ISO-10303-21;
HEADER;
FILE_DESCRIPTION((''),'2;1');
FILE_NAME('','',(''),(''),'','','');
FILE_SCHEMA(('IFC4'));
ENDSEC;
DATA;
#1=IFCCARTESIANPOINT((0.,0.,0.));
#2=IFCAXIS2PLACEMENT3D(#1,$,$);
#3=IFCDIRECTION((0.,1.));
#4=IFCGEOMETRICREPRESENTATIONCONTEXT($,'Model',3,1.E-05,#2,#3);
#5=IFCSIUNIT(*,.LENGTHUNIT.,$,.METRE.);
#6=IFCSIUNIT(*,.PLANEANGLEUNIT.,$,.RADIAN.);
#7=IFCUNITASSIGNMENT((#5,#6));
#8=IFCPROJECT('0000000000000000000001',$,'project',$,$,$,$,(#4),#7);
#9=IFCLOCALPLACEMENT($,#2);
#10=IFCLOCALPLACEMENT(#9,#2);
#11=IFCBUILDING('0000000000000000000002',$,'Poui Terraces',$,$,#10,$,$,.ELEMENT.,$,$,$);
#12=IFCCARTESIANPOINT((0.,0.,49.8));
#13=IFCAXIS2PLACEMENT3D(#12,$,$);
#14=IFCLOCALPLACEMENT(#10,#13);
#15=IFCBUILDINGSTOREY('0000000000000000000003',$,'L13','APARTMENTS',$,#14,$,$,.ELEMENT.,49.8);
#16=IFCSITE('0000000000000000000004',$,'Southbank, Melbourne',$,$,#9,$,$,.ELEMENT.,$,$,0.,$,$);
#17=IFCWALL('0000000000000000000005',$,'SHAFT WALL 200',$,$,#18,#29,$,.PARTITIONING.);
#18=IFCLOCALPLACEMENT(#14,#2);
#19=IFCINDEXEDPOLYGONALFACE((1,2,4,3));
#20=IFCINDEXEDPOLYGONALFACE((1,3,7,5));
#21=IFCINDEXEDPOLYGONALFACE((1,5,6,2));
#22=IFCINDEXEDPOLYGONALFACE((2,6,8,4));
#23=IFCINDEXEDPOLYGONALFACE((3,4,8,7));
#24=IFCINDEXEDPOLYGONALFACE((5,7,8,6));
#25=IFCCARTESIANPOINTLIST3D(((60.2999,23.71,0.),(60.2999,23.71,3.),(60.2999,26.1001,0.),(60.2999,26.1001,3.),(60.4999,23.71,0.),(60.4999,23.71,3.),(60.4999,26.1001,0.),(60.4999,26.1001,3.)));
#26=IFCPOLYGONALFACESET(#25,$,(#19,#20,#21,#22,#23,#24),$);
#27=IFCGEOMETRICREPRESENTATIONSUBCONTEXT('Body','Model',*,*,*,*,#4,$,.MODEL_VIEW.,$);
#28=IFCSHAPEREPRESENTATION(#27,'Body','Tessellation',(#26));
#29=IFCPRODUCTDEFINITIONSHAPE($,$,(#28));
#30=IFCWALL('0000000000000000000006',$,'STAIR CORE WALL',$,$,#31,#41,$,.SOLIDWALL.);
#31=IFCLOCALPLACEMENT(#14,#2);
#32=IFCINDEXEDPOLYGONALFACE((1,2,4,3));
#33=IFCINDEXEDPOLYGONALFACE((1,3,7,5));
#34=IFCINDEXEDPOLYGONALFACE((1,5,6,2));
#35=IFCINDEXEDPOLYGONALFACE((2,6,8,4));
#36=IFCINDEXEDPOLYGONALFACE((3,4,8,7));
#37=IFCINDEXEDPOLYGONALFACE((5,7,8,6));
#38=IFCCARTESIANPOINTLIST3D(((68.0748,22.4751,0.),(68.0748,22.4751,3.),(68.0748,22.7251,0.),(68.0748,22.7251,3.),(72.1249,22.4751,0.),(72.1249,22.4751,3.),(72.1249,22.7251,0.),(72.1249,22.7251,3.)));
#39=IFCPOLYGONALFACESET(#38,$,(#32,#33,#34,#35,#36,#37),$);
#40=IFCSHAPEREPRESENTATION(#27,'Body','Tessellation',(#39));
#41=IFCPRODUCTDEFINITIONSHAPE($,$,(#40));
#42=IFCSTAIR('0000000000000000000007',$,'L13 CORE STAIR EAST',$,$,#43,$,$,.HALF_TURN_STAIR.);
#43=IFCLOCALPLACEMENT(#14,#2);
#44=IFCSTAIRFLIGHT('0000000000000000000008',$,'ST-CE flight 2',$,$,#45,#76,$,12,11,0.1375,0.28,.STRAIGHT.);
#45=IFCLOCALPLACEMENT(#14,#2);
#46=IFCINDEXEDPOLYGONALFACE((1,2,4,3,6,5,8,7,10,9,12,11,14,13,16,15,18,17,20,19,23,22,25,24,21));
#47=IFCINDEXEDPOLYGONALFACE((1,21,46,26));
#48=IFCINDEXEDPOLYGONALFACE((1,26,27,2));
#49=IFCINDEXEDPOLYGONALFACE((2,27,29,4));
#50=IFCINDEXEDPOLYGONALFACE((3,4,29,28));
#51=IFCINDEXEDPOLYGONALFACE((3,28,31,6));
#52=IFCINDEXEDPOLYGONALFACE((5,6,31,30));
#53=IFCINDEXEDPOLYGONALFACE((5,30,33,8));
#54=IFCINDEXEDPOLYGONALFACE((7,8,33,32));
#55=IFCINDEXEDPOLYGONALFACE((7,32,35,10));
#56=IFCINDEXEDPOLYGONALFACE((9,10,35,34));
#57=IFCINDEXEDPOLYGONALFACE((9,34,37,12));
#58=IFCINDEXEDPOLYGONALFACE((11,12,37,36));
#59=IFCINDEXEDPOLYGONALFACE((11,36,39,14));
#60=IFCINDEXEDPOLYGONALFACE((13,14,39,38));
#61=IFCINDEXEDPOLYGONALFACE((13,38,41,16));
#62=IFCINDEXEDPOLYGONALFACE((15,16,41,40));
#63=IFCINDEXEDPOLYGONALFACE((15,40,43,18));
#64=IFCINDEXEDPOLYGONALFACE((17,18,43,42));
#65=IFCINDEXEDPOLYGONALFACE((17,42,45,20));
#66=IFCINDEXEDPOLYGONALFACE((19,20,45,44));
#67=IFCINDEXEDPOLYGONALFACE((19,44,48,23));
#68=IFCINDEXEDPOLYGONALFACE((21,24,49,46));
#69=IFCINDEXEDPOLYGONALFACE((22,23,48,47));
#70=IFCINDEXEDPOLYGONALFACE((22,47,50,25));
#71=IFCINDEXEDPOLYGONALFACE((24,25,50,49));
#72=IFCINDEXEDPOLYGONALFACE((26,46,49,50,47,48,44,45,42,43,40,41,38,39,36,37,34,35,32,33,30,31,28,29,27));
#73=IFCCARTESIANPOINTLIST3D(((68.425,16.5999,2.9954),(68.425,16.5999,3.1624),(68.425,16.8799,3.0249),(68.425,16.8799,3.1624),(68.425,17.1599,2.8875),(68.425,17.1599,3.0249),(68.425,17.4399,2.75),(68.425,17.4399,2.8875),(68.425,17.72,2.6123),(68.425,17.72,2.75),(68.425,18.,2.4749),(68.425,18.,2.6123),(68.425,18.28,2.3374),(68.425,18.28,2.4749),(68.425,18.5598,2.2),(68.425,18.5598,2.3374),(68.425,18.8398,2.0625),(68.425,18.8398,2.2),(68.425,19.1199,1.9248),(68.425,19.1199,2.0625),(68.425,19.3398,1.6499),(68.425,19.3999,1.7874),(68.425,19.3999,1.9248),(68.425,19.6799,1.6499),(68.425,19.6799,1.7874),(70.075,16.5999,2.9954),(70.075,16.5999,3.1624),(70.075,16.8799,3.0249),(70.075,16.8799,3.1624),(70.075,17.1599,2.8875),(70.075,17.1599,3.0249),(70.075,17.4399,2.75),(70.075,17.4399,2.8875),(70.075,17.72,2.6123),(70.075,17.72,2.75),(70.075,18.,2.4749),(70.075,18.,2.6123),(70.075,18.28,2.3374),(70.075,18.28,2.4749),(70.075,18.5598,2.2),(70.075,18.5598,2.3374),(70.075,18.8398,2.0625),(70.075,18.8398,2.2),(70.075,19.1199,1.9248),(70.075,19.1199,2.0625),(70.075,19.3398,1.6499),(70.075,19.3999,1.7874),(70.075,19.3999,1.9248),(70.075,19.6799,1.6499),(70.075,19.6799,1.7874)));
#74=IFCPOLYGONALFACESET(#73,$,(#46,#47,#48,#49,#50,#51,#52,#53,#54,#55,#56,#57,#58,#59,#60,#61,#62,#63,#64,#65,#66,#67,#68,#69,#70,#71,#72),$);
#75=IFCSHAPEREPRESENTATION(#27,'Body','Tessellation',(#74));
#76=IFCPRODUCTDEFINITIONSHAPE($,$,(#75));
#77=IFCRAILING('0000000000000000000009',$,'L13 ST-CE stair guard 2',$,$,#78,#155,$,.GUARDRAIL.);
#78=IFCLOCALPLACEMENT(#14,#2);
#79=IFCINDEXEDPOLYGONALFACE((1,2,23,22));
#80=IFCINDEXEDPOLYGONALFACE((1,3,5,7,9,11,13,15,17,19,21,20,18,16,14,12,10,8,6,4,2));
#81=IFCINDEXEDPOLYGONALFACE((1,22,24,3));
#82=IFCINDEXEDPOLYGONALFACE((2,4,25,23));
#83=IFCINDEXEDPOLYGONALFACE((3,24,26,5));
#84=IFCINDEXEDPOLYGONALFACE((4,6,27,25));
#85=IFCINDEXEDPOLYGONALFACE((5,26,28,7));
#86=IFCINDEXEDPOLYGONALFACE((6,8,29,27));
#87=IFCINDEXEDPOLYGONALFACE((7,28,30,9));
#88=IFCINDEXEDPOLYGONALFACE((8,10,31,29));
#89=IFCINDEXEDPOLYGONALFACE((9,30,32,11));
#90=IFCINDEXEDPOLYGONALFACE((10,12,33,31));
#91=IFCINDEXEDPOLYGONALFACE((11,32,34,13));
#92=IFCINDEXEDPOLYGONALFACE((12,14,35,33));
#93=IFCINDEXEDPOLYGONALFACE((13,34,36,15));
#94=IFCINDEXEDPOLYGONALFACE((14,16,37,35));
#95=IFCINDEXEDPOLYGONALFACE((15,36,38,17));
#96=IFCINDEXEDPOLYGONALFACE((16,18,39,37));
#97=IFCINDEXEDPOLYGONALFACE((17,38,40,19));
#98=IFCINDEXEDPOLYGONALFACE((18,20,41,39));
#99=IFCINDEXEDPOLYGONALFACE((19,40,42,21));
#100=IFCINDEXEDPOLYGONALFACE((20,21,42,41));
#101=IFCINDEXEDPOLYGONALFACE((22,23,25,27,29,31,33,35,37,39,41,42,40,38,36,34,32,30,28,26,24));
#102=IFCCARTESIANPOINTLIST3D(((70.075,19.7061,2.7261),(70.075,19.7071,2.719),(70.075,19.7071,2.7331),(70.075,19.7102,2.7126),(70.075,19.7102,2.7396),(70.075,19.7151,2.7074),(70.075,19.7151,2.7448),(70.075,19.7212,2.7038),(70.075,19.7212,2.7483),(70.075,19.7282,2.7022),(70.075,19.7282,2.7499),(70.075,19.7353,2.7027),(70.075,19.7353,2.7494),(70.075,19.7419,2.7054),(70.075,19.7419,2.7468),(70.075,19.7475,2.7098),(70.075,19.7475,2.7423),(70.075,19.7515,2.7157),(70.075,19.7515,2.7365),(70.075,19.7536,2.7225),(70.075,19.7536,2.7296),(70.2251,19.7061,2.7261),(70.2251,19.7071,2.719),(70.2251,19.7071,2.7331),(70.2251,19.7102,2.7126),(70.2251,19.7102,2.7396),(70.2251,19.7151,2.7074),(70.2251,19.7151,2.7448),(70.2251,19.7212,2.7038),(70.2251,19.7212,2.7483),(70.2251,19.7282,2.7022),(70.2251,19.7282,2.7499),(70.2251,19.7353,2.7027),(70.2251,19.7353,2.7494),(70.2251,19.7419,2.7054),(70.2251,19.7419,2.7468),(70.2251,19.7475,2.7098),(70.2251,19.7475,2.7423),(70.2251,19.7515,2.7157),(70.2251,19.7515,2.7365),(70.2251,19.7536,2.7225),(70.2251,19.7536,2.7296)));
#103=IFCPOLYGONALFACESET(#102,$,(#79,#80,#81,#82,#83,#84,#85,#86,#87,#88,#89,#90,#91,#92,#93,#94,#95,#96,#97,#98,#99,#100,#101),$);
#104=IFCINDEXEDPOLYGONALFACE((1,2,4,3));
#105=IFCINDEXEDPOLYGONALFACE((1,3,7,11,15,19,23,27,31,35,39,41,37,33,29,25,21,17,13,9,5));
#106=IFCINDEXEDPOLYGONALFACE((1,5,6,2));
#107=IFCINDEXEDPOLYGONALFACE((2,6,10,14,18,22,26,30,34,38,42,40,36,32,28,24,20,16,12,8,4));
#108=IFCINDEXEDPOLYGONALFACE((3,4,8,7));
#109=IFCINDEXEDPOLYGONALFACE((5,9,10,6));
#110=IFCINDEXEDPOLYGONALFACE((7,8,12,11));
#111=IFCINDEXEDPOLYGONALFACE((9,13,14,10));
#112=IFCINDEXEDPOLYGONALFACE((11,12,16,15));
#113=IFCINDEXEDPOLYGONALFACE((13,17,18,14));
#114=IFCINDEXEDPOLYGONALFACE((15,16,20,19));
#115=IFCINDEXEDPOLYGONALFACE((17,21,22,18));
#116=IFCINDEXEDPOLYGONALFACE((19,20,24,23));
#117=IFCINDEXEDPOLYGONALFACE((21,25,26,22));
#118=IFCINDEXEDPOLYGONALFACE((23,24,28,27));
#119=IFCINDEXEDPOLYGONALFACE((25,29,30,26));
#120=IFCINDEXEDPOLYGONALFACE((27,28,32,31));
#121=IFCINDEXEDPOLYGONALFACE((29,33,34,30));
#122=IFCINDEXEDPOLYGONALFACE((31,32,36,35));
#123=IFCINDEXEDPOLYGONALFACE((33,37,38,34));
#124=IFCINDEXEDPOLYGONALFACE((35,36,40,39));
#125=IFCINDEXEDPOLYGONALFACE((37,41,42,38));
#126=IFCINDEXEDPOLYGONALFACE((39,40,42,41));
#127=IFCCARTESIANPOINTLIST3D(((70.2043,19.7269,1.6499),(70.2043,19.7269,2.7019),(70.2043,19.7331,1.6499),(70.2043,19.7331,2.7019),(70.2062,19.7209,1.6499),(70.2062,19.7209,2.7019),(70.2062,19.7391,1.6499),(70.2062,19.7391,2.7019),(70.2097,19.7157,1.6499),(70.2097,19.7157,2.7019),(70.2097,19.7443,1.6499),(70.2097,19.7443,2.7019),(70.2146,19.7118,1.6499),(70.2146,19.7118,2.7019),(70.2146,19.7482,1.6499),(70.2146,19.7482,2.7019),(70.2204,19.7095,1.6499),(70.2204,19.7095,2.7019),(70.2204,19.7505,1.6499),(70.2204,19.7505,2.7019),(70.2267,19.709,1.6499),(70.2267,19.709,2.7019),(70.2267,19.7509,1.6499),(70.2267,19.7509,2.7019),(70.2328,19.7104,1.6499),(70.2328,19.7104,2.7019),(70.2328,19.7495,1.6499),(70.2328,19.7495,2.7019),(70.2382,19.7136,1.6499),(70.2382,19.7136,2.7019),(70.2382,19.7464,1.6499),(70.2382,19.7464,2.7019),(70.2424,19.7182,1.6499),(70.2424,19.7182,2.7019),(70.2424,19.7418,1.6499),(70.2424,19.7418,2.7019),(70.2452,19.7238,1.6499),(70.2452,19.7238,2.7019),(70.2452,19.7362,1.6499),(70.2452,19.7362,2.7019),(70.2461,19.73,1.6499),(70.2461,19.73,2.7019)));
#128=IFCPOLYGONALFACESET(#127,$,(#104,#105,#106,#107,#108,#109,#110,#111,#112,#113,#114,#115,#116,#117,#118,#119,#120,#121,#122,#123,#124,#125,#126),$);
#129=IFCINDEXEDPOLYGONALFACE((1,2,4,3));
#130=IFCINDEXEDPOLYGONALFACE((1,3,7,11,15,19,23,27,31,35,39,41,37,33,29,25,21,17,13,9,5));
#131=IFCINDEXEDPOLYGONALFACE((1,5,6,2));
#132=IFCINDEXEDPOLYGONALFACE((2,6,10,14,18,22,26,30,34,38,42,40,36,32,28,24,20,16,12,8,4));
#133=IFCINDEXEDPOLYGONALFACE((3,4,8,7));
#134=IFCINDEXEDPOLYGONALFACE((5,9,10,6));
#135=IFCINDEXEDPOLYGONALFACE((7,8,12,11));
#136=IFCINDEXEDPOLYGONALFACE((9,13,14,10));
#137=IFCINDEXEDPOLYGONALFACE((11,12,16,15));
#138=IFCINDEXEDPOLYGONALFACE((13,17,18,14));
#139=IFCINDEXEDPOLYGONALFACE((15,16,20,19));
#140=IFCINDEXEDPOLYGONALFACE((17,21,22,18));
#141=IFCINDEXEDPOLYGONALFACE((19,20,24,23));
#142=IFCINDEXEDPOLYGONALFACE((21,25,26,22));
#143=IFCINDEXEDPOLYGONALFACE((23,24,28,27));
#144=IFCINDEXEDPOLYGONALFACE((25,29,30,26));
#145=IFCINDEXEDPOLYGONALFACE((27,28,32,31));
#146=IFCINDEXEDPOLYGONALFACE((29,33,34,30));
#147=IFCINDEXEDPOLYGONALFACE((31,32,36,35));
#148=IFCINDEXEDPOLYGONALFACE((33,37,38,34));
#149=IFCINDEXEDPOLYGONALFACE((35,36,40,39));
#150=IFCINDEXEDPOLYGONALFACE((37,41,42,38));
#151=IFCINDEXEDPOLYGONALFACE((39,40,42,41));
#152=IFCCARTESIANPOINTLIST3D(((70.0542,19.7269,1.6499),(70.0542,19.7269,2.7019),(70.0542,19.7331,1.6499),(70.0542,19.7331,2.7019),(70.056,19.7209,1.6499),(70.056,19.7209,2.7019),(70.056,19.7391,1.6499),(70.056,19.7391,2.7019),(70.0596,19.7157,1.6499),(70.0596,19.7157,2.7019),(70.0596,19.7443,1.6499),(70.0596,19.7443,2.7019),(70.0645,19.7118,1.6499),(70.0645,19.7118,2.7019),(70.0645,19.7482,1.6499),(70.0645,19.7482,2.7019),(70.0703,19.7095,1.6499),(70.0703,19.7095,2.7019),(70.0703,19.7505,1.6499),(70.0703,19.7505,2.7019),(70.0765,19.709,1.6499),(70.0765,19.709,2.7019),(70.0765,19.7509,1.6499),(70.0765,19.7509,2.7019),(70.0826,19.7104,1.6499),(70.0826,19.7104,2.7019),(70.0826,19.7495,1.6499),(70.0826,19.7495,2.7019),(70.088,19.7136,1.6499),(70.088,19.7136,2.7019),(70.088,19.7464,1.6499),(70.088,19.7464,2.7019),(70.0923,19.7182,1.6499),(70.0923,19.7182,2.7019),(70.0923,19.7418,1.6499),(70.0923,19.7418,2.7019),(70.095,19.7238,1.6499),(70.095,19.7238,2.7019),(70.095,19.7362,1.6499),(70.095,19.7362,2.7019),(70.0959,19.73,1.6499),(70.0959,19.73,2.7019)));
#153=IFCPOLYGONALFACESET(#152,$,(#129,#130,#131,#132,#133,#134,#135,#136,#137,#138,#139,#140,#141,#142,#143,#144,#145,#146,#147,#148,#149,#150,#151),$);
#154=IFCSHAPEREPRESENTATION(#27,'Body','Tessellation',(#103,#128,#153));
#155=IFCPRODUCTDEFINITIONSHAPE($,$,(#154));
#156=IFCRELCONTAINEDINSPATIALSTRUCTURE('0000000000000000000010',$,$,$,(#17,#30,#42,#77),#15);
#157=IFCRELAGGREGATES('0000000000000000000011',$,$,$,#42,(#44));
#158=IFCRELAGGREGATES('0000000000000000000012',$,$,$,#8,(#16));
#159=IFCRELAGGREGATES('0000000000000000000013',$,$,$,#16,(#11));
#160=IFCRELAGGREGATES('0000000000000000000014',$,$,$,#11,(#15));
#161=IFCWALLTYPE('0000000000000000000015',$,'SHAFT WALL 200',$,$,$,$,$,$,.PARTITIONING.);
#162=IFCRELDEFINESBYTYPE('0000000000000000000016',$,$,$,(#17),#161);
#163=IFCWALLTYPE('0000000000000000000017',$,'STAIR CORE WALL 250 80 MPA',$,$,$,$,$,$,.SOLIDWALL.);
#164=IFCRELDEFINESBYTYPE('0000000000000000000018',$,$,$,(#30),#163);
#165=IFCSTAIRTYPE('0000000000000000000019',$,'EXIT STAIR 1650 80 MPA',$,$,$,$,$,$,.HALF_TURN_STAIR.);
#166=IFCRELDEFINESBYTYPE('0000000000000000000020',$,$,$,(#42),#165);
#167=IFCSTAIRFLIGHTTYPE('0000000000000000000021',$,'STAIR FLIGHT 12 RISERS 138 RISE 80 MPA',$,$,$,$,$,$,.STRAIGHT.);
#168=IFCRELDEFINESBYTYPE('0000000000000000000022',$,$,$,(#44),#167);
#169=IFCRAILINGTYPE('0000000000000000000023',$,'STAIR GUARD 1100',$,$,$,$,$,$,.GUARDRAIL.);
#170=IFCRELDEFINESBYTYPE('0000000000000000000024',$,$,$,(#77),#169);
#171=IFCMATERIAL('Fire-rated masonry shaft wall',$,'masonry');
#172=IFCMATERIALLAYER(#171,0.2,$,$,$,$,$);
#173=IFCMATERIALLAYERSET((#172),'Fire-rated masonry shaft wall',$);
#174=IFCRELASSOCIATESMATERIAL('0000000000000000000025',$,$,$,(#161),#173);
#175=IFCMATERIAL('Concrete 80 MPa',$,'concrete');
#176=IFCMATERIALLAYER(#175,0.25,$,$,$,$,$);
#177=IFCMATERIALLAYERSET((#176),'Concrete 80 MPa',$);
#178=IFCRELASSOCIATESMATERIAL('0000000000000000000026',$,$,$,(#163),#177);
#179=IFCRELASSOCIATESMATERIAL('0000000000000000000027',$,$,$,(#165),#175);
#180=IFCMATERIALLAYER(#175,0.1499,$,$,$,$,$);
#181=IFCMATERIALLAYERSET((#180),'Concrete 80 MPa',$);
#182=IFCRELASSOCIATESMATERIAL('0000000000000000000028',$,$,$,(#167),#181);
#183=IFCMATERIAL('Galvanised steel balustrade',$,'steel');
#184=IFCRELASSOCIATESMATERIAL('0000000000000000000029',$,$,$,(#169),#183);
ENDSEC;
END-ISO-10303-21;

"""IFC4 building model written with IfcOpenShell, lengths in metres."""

from ifc_helpers import new_model, si_unit, direction, frame, frame_2d, origin, origin_2d, place, context, subcontext, project, spatial, polyline, rectangle, circle, outline, extrude, material, layer, layer_set, type_object, element, aggregate, save


model = new_model("IFC4")

# Units and contexts
model_context = context("Model", 3, precision=1e-05, world=origin(), true_north=direction((0.0, 1.0)))
body_context = subcontext(model_context, "Body", "Model", "MODEL_VIEW")
ifc_project = project(units=[si_unit("LENGTHUNIT", "METRE"), si_unit("PLANEANGLEUNIT", "RADIAN")], contexts=[model_context])

# Site, building, storey
site_placement = place(None, origin())
site = spatial("IfcSite", under=ifc_project, at=site_placement, Name="Southbank, Melbourne", CompositionType="ELEMENT", RefElevation=0.0)
building_placement = place(site_placement, origin())
building = spatial("IfcBuilding", under=site, at=building_placement, Name="Poui Terraces", CompositionType="ELEMENT")
storey_placement = place(building_placement, frame((0.0, 0.0, 49.8)))
storey = spatial("IfcBuildingStorey", under=building, at=storey_placement, Name="L13", Description="APARTMENTS", CompositionType="ELEMENT", Elevation=49.8)

# Shared definitions
ifc_material_1 = material(Name="Concrete 80 MPa", Category="concrete")

# Walls
ifc_material_2 = material(Name="Fire-rated masonry shaft wall", Category="masonry")
ifc_layer_1 = layer(ifc_material_2, 0.2)
ifc_layer_set_1 = layer_set([ifc_layer_1], Name="Fire-rated masonry shaft wall")
wall_type_1 = type_object("IfcWallType", Name="SHAFT WALL 200", PredefinedType="PARTITIONING", material=ifc_layer_set_1)
for number, where, z_axis, x_axis, name in (
    (1, (60.3999, 23.71, 0.0), (0.0, 0.0, 1.0), (0.0, 1.0, 0.0), "SHAFT WALL 200"),
):
    element("IfcWall", number, at=place(storey_placement, frame(where, z_axis=z_axis, x_axis=x_axis)), inside=storey, type_object=wall_type_1, Name=name, PredefinedType="PARTITIONING", context=body_context, shape_type="SweptSolid", body=[
        extrude(rectangle(XDim=2.3901, YDim=0.2, at=frame_2d((1.1951, 0.0))), origin(), (0.0, 0.0, 1.0), 3.0),
    ])
ifc_layer_2 = layer(ifc_material_1, 0.25)
ifc_layer_set_2 = layer_set([ifc_layer_2], Name="Concrete 80 MPa")
wall_type_2 = type_object("IfcWallType", Name="STAIR CORE WALL 250 80 MPA", PredefinedType="SOLIDWALL", material=ifc_layer_set_2)
wall_1_placement = place(storey_placement, frame((68.075, 22.6001, 0.0), z_axis=(0.0, 0.0, 1.0), x_axis=(1.0, 0.0, 0.0)))
element("IfcWall", 2, at=wall_1_placement, inside=storey, type_object=wall_type_2, Name="STAIR CORE WALL", PredefinedType="SOLIDWALL", context=body_context, shape_type="SweptSolid", body=[
    extrude(rectangle(XDim=4.05, YDim=0.25, at=frame_2d((2.0249, 0.0))), origin(), (0.0, 0.0, 1.0), 3.0),
])

# Stair, stair flight
stair_type = type_object("IfcStairType", Name="EXIT STAIR 1650 80 MPA", PredefinedType="HALF_TURN_STAIR", material=ifc_material_1)
stair_placement = place(storey_placement, origin())
stair = element("IfcStair", 3, at=stair_placement, inside=storey, type_object=stair_type, Name="L13 CORE STAIR EAST", PredefinedType="HALF_TURN_STAIR")
ifc_layer_3 = layer(ifc_material_1, 0.1499)
ifc_layer_set_3 = layer_set([ifc_layer_3], Name="Concrete 80 MPa")
stair_flight_type = type_object("IfcStairFlightType", Name="STAIR FLIGHT 12 RISERS 138 RISE 80 MPA", PredefinedType="STRAIGHT", material=ifc_layer_set_3)
stair_flight_placement = place(storey_placement, frame((69.25, 19.6799, 1.6499), z_axis=(0.0, 0.0, 1.0), x_axis=(0.0, -1.0, 0.0)))
stair_flight = element("IfcStairFlight", 4, at=stair_flight_placement, type_object=stair_flight_type, Name="ST-CE flight 2", NumberOfRisers=12, NumberOfTreads=11, PredefinedType="STRAIGHT", RiserHeight=0.1375, TreadLength=0.28, context=body_context, shape_type="SweptSolid", body=[
    extrude(outline(polyline([(0.0, 0.0), (0.0, 0.1375), (0.28, 0.1375), (0.28, 0.2749), (0.5601, 0.2749), (0.5601, 0.4126), (0.8401, 0.4126), (0.8401, 0.55), (1.1201, 0.55), (1.1201, 0.6875), (1.3999, 0.6875), (1.3999, 0.825), (1.6799, 0.825), (1.6799, 0.9624), (1.96, 0.9624), (1.96, 1.1001), (2.24, 1.1001), (2.24, 1.2375), (2.52, 1.2375), (2.52, 1.375), (2.8, 1.375), (2.8, 1.5125), (3.0801, 1.5125), (3.0801, 1.6499), (3.0801, 1.3455), (0.3401, 0.0), (0.0, 0.0)])), frame((0.0, 0.825, 0.0), z_axis=(0.0, -1.0, 0.0), x_axis=(1.0, 0.0, 0.0)), (0.0, 0.0, 1.0), 1.6499),
])
aggregate(stair, [stair_flight])

# Railing
ifc_material_3 = material(Name="Galvanised steel balustrade", Category="steel")
railing_type_1 = type_object("IfcRailingType", Name="STAIR GUARD 1100", PredefinedType="GUARDRAIL", material=ifc_material_3)
railing_1_placement = place(storey_placement, frame((70.2251, 19.73, 1.6499)))
element("IfcRailing", 5, at=railing_1_placement, inside=storey, type_object=railing_type_1, Name="L13 ST-CE stair guard 2", PredefinedType="GUARDRAIL", context=body_context, shape_type="SweptSolid", body=[
    extrude(circle(Radius=0.0239, at=origin_2d()), frame((0.0, 0.0, 1.0762), z_axis=(-1.0, 0.0, 0.0), x_axis=(0.0, -1.0, 0.0)), (0.0, 0.0, 1.0), 0.1501),
    extrude(circle(Radius=0.021, at=origin_2d()), origin(), (0.0, 0.0, 1.0), 1.052),
    extrude(circle(Radius=0.021, at=origin_2d()), frame((-0.1501, 0.0, 0.0)), (0.0, 0.0, 1.0), 1.052),
])

save(model, "model.ifc")
